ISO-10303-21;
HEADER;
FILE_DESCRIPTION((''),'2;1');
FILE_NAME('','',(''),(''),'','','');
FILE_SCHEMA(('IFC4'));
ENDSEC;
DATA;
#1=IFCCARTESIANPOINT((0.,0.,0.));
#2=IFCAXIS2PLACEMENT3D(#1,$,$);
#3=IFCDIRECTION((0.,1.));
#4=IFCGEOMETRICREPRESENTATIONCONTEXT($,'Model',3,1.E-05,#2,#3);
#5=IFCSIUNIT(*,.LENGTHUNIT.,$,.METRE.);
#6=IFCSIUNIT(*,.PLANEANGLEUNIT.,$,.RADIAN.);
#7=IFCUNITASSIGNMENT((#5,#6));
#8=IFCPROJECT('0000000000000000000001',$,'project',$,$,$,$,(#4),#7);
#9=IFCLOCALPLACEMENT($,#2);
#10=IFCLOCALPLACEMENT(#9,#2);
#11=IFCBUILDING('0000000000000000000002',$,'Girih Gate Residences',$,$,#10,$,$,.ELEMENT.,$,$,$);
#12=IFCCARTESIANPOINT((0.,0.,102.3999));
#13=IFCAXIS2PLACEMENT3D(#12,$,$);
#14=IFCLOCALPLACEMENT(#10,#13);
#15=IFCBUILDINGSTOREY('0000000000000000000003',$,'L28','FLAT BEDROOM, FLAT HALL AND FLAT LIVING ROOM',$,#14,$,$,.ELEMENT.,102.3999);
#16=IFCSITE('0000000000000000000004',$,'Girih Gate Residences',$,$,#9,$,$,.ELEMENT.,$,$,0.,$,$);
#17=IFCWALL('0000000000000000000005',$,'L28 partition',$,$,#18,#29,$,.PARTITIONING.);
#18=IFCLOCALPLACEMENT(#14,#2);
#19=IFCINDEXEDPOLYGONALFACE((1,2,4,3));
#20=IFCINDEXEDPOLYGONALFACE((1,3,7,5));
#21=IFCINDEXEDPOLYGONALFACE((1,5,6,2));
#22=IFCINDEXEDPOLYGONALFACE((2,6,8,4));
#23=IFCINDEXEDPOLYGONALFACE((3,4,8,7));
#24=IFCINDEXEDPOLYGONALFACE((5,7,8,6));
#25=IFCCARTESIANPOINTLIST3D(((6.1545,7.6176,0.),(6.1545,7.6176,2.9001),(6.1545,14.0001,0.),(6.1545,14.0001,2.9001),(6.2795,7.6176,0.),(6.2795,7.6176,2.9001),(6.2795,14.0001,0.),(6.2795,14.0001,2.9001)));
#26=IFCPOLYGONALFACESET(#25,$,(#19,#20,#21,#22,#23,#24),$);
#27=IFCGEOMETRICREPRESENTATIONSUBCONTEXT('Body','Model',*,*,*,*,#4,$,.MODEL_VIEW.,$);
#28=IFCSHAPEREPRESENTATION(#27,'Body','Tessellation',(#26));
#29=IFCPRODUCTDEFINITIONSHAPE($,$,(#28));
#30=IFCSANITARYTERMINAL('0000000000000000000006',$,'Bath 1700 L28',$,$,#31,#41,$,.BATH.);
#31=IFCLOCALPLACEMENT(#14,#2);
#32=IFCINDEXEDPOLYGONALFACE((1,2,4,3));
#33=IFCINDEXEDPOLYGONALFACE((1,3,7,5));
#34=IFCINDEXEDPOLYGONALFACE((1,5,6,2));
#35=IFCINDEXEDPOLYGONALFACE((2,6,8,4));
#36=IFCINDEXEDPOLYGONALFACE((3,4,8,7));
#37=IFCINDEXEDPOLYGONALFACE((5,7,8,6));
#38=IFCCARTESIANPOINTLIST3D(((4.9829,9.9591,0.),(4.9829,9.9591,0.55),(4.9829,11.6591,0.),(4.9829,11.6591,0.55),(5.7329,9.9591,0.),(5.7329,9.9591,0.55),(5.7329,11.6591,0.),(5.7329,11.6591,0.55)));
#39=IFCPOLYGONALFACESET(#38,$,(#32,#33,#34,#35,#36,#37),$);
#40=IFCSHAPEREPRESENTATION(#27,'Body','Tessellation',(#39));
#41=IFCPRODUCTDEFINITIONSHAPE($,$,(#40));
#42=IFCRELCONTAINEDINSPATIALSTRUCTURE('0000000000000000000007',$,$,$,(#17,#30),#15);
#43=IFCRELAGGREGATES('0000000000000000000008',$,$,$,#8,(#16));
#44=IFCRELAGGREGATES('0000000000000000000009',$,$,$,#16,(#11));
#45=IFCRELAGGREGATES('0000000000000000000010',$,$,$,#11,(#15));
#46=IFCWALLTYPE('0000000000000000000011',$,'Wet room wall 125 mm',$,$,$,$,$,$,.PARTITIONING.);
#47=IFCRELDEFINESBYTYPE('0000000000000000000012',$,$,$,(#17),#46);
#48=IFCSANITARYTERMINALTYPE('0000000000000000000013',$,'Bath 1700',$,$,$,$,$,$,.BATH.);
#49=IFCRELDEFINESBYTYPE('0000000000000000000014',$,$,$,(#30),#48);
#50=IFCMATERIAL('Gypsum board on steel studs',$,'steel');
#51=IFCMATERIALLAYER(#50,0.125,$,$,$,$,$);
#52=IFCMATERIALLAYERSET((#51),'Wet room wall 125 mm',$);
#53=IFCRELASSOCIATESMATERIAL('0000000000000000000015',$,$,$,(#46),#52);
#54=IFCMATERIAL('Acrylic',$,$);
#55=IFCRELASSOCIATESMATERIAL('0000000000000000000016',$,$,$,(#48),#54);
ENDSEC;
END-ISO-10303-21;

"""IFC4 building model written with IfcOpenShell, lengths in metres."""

from ifc_helpers import new_model, si_unit, direction, frame, frame_2d, origin, origin_2d, place, context, subcontext, project, spatial, rectangle, extrude, material, layer, layer_set, type_object, element, save


model = new_model("IFC4")

# Units and contexts
model_context = context("Model", 3, precision=1e-05, world=origin(), true_north=direction((0.0, 1.0)))
body_context = subcontext(model_context, "Body", "Model", "MODEL_VIEW")
ifc_project = project(units=[si_unit("LENGTHUNIT", "METRE"), si_unit("PLANEANGLEUNIT", "RADIAN")], contexts=[model_context])

# Site, building, storey
site_placement = place(None, origin())
site = spatial("IfcSite", under=ifc_project, at=site_placement, Name="Girih Gate Residences", CompositionType="ELEMENT", RefElevation=0.0)
building_placement = place(site_placement, origin())
building = spatial("IfcBuilding", under=site, at=building_placement, Name="Girih Gate Residences", CompositionType="ELEMENT")
storey_placement = place(building_placement, frame((0.0, 0.0, 102.3999)))
storey = spatial("IfcBuildingStorey", under=building, at=storey_placement, Name="L28", Description="FLAT BEDROOM, FLAT HALL AND FLAT LIVING ROOM", CompositionType="ELEMENT", Elevation=102.3999)

# Shared definitions
ifc_material_1 = material(Name="Gypsum board on steel studs", Category="steel")

# Wall
ifc_layer_1 = layer(ifc_material_1, 0.125)
ifc_layer_set_1 = layer_set([ifc_layer_1], Name="Wet room wall 125 mm")
wall_type_1 = type_object("IfcWallType", Name="Wet room wall 125 mm", PredefinedType="PARTITIONING", material=ifc_layer_set_1)
wall_1_placement = place(storey_placement, frame((6.217, 7.6174, 0.0), z_axis=(0.0, 0.0, 1.0), x_axis=(0.0, 1.0, 0.0)))
element("IfcWall", 1, at=wall_1_placement, inside=storey, type_object=wall_type_1, Name="L28 partition", PredefinedType="PARTITIONING", context=body_context, shape_type="SweptSolid", body=[
    extrude(rectangle(XDim=6.3826, YDim=0.125, at=frame_2d((3.1914, 0.0))), origin(), (0.0, 0.0, 1.0), 2.9001),
])

# Sanitary terminal
ifc_material_2 = material(Name="Acrylic")
sanitary_terminal_type = type_object("IfcSanitaryTerminalType", Name="Bath 1700", PredefinedType="BATH", material=ifc_material_2)
sanitary_terminal_placement = place(storey_placement, frame((5.3579, 10.8091, 0.0), z_axis=(0.0, 0.0, 1.0), x_axis=(1.0, 0.0, 0.0)))
element("IfcSanitaryTerminal", 2, at=sanitary_terminal_placement, inside=storey, type_object=sanitary_terminal_type, Name="Bath 1700 L28", PredefinedType="BATH", context=body_context, shape_type="SweptSolid", body=[
    extrude(rectangle(XDim=0.75, YDim=1.7, at=origin_2d()), origin(), (0.0, 0.0, 1.0), 0.55),
])

save(model, "model.ifc")
